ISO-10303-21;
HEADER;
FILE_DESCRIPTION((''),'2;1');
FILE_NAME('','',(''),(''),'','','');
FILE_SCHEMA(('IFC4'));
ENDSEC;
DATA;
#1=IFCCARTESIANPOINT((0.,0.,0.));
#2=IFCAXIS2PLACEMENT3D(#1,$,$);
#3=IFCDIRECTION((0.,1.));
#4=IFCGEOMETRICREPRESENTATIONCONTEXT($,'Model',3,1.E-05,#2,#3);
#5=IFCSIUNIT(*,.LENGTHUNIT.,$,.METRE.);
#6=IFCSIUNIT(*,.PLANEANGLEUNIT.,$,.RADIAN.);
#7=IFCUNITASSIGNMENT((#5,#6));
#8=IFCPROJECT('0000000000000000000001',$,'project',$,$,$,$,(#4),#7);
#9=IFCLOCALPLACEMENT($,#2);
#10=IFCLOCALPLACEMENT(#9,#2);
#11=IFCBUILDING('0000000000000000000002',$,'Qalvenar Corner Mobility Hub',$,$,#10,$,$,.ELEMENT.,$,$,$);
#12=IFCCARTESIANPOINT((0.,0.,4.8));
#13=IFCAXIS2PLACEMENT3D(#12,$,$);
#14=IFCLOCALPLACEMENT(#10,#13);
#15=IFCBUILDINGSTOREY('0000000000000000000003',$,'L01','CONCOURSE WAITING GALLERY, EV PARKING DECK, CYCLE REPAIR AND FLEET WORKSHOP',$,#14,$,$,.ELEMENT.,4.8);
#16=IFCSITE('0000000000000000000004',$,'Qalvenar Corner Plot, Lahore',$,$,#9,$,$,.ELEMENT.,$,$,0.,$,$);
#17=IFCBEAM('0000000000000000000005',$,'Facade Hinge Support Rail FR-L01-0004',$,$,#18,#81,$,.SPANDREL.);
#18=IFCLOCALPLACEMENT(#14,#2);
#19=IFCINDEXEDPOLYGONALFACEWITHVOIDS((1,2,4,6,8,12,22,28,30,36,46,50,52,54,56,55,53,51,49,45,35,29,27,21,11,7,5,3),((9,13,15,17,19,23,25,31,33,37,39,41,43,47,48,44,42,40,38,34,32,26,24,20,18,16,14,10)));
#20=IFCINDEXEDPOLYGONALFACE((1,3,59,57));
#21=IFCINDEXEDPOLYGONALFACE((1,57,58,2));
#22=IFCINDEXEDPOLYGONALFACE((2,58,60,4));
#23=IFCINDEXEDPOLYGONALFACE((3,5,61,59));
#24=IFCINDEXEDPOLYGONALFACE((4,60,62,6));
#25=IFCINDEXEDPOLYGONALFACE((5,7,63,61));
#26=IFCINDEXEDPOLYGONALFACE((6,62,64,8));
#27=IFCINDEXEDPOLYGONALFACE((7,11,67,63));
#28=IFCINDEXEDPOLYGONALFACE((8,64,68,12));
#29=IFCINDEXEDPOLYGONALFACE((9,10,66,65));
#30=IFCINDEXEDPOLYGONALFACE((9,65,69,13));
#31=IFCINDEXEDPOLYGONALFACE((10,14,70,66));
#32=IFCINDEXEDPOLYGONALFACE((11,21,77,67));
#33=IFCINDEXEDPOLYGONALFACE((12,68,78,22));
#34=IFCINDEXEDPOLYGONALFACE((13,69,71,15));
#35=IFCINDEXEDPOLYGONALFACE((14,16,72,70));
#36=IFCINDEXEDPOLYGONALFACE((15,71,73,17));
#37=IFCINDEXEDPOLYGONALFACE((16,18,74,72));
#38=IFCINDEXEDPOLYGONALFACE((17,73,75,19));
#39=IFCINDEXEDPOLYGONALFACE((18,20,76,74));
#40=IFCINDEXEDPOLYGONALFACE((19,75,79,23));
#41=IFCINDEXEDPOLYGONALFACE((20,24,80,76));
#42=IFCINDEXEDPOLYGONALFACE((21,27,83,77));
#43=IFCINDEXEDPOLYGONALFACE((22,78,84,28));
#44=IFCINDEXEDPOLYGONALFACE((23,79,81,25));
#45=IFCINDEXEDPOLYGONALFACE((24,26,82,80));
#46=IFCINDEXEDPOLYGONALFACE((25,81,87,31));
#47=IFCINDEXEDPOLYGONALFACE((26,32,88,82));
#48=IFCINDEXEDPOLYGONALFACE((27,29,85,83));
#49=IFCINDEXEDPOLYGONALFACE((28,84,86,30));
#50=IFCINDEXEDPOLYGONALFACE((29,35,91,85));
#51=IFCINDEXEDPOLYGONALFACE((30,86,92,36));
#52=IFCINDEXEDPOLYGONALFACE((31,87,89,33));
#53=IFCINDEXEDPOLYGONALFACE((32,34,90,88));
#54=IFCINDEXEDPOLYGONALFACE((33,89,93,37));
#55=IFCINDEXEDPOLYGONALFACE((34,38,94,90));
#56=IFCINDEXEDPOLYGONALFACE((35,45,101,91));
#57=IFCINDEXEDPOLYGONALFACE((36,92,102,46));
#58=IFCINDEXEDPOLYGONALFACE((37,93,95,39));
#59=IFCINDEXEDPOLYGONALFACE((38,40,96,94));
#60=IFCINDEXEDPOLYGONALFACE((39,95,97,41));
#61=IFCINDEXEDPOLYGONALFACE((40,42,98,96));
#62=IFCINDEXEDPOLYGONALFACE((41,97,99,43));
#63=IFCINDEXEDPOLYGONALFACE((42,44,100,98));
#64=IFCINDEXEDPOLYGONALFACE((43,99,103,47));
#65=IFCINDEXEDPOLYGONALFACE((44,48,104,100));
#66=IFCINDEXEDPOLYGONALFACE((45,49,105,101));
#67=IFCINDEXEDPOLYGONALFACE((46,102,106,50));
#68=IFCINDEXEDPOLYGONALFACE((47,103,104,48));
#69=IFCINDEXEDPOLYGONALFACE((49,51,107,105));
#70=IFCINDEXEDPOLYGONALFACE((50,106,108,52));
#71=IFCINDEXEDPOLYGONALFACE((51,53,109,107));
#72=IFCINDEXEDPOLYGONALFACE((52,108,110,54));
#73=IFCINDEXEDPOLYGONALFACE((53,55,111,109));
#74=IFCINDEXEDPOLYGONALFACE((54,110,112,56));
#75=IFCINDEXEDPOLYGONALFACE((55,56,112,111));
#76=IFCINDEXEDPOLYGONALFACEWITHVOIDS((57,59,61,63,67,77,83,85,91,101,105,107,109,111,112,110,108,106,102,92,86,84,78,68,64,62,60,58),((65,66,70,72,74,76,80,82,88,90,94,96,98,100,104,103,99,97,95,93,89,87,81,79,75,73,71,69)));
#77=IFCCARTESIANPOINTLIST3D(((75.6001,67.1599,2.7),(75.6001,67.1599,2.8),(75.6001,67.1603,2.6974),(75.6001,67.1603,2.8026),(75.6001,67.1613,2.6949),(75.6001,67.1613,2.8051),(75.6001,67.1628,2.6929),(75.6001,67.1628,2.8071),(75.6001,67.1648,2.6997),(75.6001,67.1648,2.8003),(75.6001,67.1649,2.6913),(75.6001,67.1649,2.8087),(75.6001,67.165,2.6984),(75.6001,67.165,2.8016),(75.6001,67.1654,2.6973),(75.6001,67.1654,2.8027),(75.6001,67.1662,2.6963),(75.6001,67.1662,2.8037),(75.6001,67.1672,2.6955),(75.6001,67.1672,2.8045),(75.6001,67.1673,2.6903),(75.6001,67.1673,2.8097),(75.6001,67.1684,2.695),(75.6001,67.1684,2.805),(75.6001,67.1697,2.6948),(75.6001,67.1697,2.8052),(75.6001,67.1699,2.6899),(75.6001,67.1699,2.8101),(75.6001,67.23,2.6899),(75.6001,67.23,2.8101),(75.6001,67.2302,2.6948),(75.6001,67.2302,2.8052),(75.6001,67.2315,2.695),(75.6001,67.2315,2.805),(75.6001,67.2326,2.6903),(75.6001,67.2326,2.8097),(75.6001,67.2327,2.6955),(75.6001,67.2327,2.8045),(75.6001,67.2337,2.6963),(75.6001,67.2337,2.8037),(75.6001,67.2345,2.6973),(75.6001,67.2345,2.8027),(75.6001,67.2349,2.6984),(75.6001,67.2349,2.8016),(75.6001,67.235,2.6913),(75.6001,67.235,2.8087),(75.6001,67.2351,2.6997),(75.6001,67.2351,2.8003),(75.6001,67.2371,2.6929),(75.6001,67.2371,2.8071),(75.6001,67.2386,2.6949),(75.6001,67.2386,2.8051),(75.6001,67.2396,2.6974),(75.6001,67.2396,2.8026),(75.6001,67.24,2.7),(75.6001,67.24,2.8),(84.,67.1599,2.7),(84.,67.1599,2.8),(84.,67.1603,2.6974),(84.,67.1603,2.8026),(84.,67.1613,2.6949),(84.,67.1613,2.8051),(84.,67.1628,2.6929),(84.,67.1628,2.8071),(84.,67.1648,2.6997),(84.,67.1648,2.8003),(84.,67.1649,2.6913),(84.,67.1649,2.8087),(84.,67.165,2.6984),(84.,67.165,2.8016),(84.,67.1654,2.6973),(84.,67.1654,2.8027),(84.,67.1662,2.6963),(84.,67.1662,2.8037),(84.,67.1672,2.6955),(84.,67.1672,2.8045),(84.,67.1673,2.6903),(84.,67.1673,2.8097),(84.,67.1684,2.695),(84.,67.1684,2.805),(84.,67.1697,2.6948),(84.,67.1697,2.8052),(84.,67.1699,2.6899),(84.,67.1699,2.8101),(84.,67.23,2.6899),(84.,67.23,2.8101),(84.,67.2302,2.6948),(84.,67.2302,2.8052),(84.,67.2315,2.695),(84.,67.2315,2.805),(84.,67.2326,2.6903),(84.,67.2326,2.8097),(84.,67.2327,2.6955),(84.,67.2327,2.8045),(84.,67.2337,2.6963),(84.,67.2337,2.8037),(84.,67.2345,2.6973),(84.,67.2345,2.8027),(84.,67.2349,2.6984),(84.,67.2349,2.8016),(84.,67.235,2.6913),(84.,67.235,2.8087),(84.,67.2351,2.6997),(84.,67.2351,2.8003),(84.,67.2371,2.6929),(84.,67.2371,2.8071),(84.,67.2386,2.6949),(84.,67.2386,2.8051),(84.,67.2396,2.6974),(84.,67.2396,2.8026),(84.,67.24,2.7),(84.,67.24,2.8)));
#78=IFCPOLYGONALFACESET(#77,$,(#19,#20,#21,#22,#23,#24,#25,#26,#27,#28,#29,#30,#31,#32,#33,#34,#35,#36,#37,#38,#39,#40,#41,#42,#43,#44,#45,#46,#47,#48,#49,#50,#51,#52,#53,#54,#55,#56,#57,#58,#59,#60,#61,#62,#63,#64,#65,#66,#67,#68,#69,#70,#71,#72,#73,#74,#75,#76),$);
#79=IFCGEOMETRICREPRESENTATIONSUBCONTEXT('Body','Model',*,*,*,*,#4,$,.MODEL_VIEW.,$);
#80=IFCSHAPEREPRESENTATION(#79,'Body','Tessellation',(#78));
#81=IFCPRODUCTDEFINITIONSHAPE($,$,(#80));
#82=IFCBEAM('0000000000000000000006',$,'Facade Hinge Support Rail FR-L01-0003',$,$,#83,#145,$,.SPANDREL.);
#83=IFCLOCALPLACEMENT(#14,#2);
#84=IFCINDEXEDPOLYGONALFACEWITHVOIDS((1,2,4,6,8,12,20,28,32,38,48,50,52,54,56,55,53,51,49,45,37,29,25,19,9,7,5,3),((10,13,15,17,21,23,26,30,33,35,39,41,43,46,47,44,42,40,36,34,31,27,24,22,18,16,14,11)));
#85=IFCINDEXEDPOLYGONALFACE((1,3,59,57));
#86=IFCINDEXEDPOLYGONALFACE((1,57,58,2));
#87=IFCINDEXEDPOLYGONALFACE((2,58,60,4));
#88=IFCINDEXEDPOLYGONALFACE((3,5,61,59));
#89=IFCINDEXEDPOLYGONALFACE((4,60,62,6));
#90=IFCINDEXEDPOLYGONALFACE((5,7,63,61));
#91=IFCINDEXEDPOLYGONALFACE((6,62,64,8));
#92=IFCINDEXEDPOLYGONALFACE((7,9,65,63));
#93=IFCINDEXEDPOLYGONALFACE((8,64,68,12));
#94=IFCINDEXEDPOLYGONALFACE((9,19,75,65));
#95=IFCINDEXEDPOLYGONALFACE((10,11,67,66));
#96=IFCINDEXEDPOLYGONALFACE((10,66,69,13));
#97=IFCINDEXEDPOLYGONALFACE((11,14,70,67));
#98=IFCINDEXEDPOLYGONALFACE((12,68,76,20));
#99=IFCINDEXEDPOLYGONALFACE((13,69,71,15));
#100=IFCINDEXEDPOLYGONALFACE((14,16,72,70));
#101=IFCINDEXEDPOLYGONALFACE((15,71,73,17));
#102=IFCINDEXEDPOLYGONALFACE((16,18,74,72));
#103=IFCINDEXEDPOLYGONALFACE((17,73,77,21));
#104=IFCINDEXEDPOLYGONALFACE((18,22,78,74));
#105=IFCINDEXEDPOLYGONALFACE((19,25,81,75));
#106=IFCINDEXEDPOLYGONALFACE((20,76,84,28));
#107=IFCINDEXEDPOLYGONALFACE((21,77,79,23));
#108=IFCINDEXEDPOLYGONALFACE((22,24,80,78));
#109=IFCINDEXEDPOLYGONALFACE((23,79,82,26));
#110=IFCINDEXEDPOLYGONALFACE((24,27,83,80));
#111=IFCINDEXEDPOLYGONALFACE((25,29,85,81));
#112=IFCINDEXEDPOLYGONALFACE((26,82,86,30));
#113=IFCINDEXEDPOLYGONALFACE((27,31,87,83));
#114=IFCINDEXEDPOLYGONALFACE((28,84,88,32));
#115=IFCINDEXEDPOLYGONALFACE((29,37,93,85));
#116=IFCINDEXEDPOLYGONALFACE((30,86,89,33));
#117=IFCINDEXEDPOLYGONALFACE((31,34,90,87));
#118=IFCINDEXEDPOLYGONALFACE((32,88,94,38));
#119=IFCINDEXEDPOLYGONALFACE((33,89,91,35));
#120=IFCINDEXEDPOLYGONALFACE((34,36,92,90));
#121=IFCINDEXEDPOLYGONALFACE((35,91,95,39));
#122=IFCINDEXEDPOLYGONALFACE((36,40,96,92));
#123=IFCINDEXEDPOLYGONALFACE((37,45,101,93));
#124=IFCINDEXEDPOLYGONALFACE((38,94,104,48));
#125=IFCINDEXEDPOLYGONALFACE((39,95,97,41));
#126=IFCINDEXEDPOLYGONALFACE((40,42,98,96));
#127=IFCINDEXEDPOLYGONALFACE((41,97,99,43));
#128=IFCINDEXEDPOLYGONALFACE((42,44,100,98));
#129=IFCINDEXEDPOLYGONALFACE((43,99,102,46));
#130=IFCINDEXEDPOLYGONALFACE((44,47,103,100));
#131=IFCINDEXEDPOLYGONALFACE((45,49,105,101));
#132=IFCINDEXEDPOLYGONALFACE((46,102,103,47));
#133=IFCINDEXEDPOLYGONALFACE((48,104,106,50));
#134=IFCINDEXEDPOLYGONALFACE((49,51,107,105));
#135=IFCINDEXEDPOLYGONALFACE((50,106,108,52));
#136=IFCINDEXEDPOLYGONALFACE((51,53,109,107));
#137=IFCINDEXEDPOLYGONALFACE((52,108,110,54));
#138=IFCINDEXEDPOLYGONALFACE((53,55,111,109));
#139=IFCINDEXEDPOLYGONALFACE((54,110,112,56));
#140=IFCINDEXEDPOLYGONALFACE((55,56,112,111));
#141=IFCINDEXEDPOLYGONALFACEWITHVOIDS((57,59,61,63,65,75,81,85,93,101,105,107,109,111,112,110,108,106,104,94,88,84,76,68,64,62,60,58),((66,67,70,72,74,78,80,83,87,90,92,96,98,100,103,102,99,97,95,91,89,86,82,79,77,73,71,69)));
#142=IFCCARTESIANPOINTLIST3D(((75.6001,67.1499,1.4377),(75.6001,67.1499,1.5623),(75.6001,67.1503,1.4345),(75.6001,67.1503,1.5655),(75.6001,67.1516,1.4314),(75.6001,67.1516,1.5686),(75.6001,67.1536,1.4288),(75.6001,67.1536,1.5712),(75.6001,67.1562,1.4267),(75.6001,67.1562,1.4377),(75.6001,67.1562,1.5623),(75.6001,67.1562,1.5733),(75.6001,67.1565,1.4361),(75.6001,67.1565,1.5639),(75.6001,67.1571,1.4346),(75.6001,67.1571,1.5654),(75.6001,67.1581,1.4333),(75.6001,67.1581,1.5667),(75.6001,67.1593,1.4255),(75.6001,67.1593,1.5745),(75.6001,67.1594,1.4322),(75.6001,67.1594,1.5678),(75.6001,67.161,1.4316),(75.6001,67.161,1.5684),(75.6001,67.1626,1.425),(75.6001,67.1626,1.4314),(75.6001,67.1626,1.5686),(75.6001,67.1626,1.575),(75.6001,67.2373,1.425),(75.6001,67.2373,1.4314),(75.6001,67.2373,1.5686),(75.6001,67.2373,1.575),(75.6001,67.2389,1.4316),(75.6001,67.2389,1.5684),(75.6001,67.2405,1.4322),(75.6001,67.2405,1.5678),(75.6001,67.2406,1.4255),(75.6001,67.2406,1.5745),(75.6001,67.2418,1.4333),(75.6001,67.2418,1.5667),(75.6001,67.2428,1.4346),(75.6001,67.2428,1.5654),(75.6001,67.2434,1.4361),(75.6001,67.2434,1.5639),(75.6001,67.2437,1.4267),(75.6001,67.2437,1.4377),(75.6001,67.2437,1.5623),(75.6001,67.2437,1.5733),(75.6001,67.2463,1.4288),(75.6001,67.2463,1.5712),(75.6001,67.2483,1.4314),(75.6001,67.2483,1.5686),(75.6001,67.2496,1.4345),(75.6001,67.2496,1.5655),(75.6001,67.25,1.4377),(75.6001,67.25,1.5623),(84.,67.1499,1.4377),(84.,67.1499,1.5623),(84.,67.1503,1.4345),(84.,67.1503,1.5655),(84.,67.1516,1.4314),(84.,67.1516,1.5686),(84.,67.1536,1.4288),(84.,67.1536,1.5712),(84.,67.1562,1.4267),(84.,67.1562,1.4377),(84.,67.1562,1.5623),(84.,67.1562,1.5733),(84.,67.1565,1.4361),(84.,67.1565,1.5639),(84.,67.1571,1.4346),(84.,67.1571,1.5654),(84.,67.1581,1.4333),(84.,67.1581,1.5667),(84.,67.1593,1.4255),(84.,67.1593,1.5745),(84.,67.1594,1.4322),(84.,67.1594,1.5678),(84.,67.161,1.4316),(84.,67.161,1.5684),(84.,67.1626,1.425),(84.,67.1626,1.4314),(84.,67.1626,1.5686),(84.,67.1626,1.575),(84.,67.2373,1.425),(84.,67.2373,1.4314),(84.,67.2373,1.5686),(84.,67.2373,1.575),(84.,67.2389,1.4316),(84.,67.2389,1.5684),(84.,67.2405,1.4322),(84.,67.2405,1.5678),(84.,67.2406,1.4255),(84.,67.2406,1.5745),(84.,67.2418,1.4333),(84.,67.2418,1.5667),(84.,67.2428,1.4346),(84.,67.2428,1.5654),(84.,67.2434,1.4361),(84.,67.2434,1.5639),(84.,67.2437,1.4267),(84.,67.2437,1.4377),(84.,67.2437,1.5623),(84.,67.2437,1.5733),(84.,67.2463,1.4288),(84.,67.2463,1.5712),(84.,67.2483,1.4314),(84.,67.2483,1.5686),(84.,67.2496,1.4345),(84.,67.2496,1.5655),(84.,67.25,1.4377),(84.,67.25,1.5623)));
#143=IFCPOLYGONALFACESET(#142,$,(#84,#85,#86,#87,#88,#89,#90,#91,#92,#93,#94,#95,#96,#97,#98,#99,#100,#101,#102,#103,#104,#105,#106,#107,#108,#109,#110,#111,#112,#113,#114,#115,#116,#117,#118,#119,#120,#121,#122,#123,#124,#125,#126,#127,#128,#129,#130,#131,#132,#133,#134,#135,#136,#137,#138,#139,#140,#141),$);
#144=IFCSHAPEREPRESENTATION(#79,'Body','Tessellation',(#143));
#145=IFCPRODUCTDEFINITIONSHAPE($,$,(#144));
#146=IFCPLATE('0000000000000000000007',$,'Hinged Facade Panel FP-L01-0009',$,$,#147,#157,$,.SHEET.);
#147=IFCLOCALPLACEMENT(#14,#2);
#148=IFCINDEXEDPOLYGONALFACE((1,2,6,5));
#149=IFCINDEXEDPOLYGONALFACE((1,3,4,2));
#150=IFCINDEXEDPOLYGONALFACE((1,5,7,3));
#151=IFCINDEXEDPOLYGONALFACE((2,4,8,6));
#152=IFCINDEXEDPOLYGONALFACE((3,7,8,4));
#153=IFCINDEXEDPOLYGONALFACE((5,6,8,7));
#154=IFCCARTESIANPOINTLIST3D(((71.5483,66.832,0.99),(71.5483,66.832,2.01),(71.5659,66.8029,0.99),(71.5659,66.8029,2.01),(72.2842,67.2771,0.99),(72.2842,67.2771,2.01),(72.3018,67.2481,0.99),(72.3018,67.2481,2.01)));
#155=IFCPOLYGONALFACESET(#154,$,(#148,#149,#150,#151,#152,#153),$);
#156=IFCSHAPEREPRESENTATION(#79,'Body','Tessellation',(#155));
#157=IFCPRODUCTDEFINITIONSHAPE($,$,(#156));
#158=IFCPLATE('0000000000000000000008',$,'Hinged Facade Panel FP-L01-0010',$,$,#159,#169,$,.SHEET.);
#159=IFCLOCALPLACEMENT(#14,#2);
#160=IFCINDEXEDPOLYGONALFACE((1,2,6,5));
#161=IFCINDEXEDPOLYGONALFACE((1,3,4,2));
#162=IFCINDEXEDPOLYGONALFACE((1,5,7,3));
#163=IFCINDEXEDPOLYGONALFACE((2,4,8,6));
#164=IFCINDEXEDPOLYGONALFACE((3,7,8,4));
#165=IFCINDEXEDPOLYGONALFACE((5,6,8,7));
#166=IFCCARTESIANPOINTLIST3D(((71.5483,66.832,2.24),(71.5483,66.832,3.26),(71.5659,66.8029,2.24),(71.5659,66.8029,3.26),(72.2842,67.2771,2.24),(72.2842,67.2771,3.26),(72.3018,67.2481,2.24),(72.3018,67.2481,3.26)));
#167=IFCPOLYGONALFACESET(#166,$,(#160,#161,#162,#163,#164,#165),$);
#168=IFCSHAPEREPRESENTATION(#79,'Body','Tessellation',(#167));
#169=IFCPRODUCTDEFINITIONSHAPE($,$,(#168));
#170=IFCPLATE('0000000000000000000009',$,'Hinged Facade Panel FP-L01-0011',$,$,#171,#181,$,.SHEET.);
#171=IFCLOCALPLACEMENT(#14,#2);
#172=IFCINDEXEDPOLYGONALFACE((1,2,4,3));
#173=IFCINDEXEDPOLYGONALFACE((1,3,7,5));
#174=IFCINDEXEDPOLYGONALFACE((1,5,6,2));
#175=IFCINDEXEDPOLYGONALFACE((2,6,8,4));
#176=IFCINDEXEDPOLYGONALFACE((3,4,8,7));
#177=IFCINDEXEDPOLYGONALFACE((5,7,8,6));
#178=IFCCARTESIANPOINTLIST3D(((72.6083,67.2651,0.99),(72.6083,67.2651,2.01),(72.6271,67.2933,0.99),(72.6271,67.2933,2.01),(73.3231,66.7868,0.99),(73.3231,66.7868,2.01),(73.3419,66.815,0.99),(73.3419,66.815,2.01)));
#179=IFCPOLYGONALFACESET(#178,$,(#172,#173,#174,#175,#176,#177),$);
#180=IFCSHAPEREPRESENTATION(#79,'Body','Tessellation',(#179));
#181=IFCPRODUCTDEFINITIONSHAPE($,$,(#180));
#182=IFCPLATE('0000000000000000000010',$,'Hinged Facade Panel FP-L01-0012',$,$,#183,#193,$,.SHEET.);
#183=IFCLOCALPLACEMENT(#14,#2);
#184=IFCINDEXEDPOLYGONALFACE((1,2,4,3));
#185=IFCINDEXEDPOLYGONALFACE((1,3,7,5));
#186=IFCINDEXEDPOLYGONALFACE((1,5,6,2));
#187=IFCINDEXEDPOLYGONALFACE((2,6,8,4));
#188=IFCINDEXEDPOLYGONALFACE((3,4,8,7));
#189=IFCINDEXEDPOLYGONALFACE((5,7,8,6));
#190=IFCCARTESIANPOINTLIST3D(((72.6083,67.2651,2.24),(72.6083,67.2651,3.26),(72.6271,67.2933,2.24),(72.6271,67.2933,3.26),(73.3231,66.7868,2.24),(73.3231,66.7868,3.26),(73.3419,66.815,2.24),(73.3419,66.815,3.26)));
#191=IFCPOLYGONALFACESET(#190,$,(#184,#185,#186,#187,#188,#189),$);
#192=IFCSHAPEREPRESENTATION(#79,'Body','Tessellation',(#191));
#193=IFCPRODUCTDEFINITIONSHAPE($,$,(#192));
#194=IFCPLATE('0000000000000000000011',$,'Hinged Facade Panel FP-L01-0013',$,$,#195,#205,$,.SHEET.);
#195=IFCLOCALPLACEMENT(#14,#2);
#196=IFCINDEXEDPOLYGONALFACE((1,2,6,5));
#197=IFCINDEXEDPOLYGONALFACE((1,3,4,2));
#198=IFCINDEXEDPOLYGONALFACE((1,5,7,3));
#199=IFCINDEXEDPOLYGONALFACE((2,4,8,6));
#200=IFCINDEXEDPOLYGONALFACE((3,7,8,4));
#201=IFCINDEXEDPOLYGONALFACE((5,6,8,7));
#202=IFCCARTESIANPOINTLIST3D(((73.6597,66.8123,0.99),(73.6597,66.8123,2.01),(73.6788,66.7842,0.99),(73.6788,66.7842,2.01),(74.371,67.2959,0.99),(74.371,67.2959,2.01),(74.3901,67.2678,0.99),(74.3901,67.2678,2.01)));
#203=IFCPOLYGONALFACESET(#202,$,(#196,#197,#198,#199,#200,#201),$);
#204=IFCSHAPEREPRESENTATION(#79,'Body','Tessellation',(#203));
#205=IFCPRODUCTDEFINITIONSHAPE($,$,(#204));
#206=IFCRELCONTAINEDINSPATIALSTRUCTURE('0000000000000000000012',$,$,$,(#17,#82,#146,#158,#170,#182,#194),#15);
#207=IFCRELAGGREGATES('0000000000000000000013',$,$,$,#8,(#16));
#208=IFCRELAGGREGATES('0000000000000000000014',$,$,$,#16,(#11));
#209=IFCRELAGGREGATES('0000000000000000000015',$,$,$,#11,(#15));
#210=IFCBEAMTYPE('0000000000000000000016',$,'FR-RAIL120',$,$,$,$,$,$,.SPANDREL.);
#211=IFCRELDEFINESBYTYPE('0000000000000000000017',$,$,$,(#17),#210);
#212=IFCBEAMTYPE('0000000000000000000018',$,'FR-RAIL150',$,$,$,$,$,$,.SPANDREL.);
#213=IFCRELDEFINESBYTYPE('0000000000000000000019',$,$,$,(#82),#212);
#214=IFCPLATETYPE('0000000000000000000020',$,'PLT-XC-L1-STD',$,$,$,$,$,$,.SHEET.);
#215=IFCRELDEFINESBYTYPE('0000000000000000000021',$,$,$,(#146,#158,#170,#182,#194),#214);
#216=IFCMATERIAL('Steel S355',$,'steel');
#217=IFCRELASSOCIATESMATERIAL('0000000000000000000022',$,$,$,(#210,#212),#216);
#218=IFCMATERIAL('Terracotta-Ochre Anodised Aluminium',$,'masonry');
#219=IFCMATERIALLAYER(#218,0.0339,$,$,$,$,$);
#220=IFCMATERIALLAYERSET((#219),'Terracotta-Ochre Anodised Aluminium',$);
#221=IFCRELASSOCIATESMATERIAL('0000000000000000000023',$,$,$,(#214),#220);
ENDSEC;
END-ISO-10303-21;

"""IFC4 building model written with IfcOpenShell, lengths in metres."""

from ifc_helpers import new_model, si_unit, direction, frame, origin, origin_2d, place, context, subcontext, project, spatial, rectangle, hollow_rectangle, extrude, material, layer, layer_set, material_profile, profile_set, type_object, element, save


model = new_model("IFC4")

# Units and contexts
model_context = context("Model", 3, precision=1e-05, world=origin(), true_north=direction((0.0, 1.0)))
body_context = subcontext(model_context, "Body", "Model", "MODEL_VIEW")
ifc_project = project(units=[si_unit("LENGTHUNIT", "METRE"), si_unit("PLANEANGLEUNIT", "RADIAN")], contexts=[model_context])

# Site, building, storey
site_placement = place(None, origin())
site = spatial("IfcSite", under=ifc_project, at=site_placement, Name="Qalvenar Corner Plot, Lahore", CompositionType="ELEMENT", RefElevation=0.0)
building_placement = place(site_placement, origin())
building = spatial("IfcBuilding", under=site, at=building_placement, Name="Qalvenar Corner Mobility Hub", CompositionType="ELEMENT")
storey_placement = place(building_placement, frame((0.0, 0.0, 4.8)))
storey = spatial("IfcBuildingStorey", under=building, at=storey_placement, Name="L01", Description="CONCOURSE WAITING GALLERY, EV PARKING DECK, CYCLE REPAIR AND FLEET WORKSHOP", CompositionType="ELEMENT", Elevation=4.8)

# Shared definitions
ifc_material_1 = material(Name="Steel S355", Category="steel")

# Beams
ifc_material_profile_1 = material_profile(ifc_material_1, hollow_rectangle(XDim=0.0801, YDim=0.1201, WallThickness=0.0049, InnerFilletRadius=0.0049, OuterFilletRadius=0.01, at=origin_2d()), Name="RHS120x80x5")
ifc_profile_set_1 = profile_set([ifc_material_profile_1], Name="Steel S355")
beam_type_1 = type_object("IfcBeamType", Name="FR-RAIL120", PredefinedType="SPANDREL", material=ifc_profile_set_1)
beam_1_placement = place(storey_placement, frame((75.6001, 67.2, 2.75), z_axis=(1.0, 0.0, 0.0), x_axis=(0.0, 1.0, 0.0)))
element("IfcBeam", 1, at=beam_1_placement, inside=storey, type_object=beam_type_1, Name="Facade Hinge Support Rail FR-L01-0004", PredefinedType="SPANDREL", context=body_context, shape_type="SweptSolid", body=[
    extrude(hollow_rectangle(XDim=0.0801, YDim=0.1201, WallThickness=0.0049, InnerFilletRadius=0.0049, OuterFilletRadius=0.01, at=origin_2d()), origin(), (0.0, 0.0, 1.0), 8.3999),
])
ifc_material_profile_2 = material_profile(ifc_material_1, hollow_rectangle(XDim=0.1001, YDim=0.1499, WallThickness=0.0063, InnerFilletRadius=0.0063, OuterFilletRadius=0.0127, at=origin_2d()), Name="RHS150x100x6.3")
ifc_profile_set_2 = profile_set([ifc_material_profile_2], Name="Steel S355")
beam_type_2 = type_object("IfcBeamType", Name="FR-RAIL150", PredefinedType="SPANDREL", material=ifc_profile_set_2)
beam_2_placement = place(storey_placement, frame((75.6001, 67.2, 1.5), z_axis=(1.0, 0.0, 0.0), x_axis=(0.0, 1.0, 0.0)))
element("IfcBeam", 2, at=beam_2_placement, inside=storey, type_object=beam_type_2, Name="Facade Hinge Support Rail FR-L01-0003", PredefinedType="SPANDREL", context=body_context, shape_type="SweptSolid", body=[
    extrude(hollow_rectangle(XDim=0.1001, YDim=0.1499, WallThickness=0.0063, InnerFilletRadius=0.0063, OuterFilletRadius=0.0127, at=origin_2d()), origin(), (0.0, 0.0, 1.0), 8.3999),
])

# Plates
ifc_material_2 = material(Name="Terracotta-Ochre Anodised Aluminium", Category="masonry")
ifc_layer = layer(ifc_material_2, 0.0339)
ifc_layer_set = layer_set([ifc_layer], Name="Terracotta-Ochre Anodised Aluminium")
plate_type = type_object("IfcPlateType", Name="PLT-XC-L1-STD", PredefinedType="SHEET", material=ifc_layer_set)
for number, where, z_axis, x_axis, name in (
    (3, (71.925, 67.04, 0.99), (0.0, 0.0, 1.0), (0.855635, 0.517579, 0.0), "Hinged Facade Panel FP-L01-0009"),
    (4, (71.925, 67.04, 2.24), (0.0, 0.0, 1.0), (0.855635, 0.517579, 0.0), "Hinged Facade Panel FP-L01-0010"),
    (5, (72.9751, 67.04, 0.99), (0.0, 0.0, 1.0), (0.831082, -0.556151, 0.0), "Hinged Facade Panel FP-L01-0011"),
    (6, (72.9751, 67.04, 2.24), (0.0, 0.0, 1.0), (0.831082, -0.556151, 0.0), "Hinged Facade Panel FP-L01-0012"),
    (7, (74.0249, 67.04, 0.99), (0.0, 0.0, 1.0), (0.826982, 0.562228, 0.0), "Hinged Facade Panel FP-L01-0013"),
):
    element("IfcPlate", number, at=place(storey_placement, frame(where, z_axis=z_axis, x_axis=x_axis)), inside=storey, type_object=plate_type, Name=name, PredefinedType="SHEET", context=body_context, shape_type="SweptSolid", body=[
        extrude(rectangle(XDim=0.8601, YDim=0.0339, at=origin_2d()), origin(), (0.0, 0.0, 1.0), 1.02),
    ])

save(model, "model.ifc")
